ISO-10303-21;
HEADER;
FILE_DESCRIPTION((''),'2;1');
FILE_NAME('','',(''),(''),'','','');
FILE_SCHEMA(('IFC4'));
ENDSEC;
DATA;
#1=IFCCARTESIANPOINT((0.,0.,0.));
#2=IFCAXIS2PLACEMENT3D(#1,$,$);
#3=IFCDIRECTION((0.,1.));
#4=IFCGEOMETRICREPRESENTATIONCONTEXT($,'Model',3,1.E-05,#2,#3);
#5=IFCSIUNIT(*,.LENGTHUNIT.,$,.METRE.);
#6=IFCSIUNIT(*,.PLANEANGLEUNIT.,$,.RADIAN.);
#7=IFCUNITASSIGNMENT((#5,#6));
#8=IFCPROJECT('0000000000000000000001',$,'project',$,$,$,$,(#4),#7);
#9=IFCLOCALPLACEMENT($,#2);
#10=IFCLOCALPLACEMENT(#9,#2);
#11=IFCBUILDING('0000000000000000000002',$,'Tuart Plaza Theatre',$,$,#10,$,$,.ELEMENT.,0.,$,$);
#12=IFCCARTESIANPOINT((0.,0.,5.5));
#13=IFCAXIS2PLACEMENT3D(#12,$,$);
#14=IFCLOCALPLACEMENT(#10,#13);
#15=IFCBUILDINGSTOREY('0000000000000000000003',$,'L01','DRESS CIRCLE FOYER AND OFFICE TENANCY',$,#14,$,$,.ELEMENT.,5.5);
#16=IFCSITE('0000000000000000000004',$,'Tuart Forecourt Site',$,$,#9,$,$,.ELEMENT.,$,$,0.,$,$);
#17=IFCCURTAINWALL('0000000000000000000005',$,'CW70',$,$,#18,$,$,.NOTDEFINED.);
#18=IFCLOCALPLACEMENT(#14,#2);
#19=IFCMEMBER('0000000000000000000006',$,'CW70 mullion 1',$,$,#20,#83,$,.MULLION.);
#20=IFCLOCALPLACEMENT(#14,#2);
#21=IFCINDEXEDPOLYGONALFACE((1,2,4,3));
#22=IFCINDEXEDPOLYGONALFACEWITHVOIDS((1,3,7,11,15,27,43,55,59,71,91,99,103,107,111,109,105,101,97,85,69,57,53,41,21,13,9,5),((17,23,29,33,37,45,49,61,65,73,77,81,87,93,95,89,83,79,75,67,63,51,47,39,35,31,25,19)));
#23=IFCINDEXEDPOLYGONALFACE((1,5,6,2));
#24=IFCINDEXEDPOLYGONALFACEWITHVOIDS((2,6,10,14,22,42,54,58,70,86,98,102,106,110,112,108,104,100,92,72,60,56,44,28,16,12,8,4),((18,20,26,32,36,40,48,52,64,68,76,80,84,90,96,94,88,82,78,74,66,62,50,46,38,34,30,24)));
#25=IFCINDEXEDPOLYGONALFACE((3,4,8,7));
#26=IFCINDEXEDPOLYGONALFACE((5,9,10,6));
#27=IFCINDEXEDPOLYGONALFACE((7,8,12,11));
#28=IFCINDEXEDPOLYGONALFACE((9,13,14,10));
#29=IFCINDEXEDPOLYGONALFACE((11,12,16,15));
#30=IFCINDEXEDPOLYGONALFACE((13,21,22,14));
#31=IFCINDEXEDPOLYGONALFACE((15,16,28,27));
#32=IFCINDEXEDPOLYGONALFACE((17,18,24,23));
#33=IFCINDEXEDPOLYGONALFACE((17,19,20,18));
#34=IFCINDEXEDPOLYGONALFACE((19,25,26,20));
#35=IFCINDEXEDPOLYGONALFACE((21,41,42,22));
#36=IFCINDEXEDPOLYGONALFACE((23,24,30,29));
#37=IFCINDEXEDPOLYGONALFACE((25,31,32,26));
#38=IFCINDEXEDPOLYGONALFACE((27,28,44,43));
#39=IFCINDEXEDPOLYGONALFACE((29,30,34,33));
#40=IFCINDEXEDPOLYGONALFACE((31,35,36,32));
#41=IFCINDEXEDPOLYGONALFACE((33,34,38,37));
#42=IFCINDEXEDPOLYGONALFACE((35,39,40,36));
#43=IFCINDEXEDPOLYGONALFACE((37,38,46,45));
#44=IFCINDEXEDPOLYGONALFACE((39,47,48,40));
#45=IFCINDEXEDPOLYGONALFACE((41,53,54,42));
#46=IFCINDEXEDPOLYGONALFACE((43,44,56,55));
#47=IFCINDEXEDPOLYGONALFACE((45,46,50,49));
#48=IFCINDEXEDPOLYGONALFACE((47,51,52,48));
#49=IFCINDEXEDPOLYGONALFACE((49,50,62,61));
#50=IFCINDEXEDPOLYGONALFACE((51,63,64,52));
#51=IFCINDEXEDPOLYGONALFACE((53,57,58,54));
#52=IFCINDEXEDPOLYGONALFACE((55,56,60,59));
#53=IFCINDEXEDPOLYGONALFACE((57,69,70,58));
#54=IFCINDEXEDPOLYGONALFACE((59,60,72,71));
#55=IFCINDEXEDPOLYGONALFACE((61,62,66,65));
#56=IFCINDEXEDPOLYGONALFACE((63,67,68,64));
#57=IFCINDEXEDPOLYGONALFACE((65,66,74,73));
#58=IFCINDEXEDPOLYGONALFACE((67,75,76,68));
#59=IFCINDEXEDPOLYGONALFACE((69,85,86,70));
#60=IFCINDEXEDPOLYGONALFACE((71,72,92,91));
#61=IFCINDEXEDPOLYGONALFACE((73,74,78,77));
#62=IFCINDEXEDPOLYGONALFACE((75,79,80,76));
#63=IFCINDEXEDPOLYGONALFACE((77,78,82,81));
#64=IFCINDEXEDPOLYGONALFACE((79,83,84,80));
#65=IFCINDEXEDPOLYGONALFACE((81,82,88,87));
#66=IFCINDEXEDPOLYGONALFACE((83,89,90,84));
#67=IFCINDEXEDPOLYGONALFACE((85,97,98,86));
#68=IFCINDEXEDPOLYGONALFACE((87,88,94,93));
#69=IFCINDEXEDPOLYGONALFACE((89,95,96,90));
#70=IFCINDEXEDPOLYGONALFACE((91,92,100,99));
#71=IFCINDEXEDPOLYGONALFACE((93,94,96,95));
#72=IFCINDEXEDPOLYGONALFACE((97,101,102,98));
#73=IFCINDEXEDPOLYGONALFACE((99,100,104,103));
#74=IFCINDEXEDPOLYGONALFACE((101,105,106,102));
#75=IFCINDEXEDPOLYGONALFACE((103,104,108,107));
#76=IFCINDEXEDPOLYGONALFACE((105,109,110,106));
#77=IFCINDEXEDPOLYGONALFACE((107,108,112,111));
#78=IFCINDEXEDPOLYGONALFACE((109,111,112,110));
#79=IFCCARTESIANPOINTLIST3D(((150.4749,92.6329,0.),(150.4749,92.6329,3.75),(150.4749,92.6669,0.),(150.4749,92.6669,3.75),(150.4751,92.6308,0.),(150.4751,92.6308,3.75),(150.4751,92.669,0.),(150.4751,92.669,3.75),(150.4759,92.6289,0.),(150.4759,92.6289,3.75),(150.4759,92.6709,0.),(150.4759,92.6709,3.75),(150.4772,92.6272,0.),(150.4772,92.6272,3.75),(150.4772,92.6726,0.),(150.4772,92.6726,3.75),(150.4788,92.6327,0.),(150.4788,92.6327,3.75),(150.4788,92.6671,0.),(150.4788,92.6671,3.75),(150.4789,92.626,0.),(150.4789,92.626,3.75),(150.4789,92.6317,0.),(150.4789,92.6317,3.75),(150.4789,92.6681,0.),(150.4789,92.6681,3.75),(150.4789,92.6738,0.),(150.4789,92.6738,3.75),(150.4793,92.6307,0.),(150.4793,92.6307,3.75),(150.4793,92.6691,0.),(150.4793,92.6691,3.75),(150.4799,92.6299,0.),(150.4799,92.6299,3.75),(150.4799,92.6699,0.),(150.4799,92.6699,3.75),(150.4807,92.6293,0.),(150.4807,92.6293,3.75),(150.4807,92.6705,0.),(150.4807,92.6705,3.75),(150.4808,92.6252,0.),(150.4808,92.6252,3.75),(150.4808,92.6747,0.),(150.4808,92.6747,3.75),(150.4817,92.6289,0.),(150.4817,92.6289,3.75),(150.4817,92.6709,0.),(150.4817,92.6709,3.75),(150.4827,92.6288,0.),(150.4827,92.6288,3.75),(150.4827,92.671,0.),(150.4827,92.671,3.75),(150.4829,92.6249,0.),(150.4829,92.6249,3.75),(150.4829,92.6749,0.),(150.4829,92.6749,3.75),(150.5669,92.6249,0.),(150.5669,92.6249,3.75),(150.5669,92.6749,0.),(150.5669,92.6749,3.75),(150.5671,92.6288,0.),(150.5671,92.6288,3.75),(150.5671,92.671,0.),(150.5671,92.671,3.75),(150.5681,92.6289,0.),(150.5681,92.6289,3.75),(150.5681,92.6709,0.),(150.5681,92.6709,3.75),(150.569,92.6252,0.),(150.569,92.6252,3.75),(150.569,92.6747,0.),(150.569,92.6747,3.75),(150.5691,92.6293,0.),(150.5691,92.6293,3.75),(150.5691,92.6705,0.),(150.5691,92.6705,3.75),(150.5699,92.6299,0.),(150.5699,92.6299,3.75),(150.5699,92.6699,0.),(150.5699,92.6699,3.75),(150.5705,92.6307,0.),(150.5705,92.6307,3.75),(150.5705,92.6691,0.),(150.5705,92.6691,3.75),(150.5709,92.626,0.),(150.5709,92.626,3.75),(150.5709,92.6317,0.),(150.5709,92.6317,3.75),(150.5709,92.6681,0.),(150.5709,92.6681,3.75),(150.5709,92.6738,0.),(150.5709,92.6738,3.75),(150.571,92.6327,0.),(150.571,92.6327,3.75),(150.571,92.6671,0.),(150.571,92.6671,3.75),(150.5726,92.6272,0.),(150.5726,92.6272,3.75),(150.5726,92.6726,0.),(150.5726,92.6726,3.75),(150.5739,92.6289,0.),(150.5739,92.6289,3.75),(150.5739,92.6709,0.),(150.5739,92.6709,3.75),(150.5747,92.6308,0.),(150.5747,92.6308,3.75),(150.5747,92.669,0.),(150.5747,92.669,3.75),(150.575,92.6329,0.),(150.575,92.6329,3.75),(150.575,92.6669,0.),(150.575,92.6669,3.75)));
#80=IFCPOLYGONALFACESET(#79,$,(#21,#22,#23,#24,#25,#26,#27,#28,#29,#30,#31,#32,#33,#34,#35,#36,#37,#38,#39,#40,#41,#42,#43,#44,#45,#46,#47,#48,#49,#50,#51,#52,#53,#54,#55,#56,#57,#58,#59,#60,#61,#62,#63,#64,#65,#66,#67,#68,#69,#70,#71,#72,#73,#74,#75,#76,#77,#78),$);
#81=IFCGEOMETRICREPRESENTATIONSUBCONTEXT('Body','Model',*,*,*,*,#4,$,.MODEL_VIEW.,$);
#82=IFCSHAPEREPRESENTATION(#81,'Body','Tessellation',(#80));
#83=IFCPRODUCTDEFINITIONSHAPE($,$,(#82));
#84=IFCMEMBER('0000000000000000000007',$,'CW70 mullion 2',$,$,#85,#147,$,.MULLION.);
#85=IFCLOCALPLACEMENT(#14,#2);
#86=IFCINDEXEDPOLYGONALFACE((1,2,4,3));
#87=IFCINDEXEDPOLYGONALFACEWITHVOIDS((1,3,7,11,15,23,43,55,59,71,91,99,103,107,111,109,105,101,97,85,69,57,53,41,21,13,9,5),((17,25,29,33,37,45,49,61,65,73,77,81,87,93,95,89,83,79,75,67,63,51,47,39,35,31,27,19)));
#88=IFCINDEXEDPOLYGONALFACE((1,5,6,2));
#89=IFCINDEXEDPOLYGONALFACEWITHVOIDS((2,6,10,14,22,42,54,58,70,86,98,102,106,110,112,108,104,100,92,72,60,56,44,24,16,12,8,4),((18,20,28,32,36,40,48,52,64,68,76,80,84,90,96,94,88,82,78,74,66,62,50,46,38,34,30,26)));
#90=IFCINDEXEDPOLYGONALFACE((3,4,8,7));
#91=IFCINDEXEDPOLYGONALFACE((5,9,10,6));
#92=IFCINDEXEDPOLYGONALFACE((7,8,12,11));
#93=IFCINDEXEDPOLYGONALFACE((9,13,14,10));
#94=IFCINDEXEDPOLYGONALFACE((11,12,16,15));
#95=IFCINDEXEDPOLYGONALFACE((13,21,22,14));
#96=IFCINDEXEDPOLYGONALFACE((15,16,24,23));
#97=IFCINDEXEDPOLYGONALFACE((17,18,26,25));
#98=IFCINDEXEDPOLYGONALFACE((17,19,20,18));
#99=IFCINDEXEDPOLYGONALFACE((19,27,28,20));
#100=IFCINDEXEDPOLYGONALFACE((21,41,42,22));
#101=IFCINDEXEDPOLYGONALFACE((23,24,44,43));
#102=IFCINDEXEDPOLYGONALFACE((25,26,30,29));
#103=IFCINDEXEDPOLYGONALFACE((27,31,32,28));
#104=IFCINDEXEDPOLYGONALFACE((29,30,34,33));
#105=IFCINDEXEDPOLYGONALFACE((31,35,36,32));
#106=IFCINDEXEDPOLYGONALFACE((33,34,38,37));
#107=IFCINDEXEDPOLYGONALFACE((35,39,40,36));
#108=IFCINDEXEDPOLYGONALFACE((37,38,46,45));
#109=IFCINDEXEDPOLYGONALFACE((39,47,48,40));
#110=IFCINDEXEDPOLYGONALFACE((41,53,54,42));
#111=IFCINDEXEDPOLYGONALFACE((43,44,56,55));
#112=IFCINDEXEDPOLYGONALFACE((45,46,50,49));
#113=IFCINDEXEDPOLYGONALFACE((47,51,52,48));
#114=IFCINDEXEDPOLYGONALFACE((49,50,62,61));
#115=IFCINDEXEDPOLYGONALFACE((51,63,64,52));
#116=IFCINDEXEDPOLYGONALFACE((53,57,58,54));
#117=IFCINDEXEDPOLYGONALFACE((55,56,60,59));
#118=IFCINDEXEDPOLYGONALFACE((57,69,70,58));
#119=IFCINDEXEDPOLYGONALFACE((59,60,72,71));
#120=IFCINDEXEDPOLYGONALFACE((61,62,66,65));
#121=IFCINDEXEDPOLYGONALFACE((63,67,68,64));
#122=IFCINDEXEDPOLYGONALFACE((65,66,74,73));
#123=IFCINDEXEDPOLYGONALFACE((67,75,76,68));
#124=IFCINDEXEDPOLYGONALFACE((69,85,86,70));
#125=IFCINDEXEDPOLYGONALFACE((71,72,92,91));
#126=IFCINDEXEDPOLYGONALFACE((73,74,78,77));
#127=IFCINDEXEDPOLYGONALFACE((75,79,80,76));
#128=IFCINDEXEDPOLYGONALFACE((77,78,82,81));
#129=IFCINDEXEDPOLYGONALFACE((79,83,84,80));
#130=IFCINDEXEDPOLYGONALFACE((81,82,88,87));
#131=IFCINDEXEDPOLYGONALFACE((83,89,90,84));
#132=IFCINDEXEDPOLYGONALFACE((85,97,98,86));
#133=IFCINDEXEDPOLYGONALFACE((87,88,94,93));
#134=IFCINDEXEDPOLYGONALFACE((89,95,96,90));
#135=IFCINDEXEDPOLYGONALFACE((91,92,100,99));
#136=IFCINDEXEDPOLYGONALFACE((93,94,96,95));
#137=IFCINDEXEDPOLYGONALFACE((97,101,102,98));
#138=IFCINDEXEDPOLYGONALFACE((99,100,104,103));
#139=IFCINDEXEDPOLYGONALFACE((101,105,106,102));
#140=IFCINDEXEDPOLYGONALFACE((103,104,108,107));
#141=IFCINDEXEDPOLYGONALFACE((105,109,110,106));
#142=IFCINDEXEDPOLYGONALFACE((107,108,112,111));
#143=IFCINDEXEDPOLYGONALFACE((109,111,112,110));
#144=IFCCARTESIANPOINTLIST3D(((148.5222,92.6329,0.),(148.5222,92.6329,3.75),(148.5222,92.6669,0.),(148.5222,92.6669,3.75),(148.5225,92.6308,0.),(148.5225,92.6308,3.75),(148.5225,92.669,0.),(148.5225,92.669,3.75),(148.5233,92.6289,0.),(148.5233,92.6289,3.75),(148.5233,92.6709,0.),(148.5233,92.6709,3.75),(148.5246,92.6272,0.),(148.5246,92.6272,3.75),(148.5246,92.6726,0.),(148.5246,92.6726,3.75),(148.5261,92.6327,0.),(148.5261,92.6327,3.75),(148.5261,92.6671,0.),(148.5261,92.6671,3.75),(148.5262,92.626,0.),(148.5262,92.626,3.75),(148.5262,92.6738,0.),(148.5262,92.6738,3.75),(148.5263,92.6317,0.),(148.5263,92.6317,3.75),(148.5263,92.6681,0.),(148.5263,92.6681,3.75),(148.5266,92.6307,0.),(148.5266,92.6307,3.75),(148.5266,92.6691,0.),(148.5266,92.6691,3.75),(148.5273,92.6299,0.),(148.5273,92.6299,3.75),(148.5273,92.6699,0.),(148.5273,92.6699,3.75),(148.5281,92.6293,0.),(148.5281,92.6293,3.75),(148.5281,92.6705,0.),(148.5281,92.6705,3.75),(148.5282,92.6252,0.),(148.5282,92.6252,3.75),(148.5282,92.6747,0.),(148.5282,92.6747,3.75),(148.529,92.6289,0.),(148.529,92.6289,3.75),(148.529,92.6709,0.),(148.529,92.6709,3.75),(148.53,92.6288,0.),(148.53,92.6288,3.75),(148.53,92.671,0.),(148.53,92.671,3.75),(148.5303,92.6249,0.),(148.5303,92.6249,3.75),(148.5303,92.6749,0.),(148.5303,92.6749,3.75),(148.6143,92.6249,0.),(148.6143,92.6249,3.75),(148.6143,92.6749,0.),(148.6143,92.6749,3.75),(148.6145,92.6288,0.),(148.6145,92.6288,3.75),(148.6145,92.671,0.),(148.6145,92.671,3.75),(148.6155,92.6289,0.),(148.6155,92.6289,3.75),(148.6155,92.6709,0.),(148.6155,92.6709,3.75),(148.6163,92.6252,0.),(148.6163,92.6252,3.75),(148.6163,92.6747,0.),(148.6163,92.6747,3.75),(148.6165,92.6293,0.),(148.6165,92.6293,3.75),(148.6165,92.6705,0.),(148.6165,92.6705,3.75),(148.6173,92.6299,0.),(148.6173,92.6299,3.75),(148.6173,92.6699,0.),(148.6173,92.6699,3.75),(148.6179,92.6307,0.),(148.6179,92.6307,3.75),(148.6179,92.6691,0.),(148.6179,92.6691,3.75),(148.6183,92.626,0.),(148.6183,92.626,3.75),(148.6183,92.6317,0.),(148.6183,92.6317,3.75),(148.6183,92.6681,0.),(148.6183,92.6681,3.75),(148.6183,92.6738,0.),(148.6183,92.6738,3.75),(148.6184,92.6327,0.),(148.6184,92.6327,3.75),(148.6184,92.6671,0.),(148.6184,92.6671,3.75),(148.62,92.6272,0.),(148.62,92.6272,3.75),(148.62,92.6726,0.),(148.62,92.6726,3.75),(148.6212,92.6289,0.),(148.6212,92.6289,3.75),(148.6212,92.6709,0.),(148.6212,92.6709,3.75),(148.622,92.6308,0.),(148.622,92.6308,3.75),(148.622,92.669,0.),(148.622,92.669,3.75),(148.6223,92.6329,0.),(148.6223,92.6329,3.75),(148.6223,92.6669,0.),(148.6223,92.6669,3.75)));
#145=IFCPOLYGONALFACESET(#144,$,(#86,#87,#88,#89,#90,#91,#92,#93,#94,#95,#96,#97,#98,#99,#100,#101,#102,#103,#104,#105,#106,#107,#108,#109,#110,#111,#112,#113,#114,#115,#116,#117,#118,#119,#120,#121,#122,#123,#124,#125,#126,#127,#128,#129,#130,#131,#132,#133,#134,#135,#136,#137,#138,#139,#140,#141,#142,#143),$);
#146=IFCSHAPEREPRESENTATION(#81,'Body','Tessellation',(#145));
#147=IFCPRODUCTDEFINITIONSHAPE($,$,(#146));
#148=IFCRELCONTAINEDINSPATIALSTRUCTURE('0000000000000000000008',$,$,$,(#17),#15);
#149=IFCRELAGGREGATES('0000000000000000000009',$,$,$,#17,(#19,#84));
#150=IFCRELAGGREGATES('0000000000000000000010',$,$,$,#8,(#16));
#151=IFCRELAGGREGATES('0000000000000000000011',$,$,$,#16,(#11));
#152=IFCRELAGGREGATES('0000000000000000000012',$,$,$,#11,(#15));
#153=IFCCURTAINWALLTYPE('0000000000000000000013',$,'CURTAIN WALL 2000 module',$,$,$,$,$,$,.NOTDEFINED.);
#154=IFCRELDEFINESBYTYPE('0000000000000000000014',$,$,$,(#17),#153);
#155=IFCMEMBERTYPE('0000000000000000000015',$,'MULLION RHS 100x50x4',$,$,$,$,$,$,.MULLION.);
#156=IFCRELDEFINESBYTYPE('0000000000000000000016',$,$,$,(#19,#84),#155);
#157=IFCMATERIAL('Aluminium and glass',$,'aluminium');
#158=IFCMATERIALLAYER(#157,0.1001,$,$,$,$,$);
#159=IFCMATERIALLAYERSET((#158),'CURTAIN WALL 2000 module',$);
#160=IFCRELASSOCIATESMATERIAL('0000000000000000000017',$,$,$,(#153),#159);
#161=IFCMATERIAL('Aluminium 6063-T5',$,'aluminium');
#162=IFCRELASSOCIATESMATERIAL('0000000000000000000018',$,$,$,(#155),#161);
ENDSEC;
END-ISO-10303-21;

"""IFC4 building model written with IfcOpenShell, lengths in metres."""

from ifc_helpers import new_model, si_unit, direction, frame, origin, origin_2d, place, context, subcontext, project, spatial, hollow_rectangle, extrude, material, layer, layer_set, material_profile, profile_set, type_object, element, aggregate, save


model = new_model("IFC4")

# Units and contexts
model_context = context("Model", 3, precision=1e-05, world=origin(), true_north=direction((0.0, 1.0)))
body_context = subcontext(model_context, "Body", "Model", "MODEL_VIEW")
ifc_project = project(units=[si_unit("LENGTHUNIT", "METRE"), si_unit("PLANEANGLEUNIT", "RADIAN")], contexts=[model_context])

# Site, building, storey
site_placement = place(None, origin())
site = spatial("IfcSite", under=ifc_project, at=site_placement, Name="Tuart Forecourt Site", CompositionType="ELEMENT", RefElevation=0.0)
building_placement = place(site_placement, origin())
building = spatial("IfcBuilding", under=site, at=building_placement, Name="Tuart Plaza Theatre", CompositionType="ELEMENT", ElevationOfRefHeight=0.0)
storey_placement = place(building_placement, frame((0.0, 0.0, 5.5)))
storey = spatial("IfcBuildingStorey", under=building, at=storey_placement, Name="L01", Description="DRESS CIRCLE FOYER AND OFFICE TENANCY", CompositionType="ELEMENT", Elevation=5.5)

# Curtain wall, members
ifc_material_1 = material(Name="Aluminium and glass", Category="aluminium")
ifc_layer_1 = layer(ifc_material_1, 0.1001)
ifc_layer_set_1 = layer_set([ifc_layer_1], Name="CURTAIN WALL 2000 module")
curtain_wall_type = type_object("IfcCurtainWallType", Name="CURTAIN WALL 2000 module", PredefinedType="NOTDEFINED", material=ifc_layer_set_1)
ifc_material_2 = material(Name="Aluminium 6063-T5", Category="aluminium")
ifc_material_profile_1 = material_profile(ifc_material_2, hollow_rectangle(XDim=0.05, YDim=0.1001, WallThickness=0.0039, InnerFilletRadius=0.0039, OuterFilletRadius=0.0081, at=origin_2d()), Name="RHS 100x50x4")
ifc_profile_set_1 = profile_set([ifc_material_profile_1], Name="Aluminium 6063-T5")
member_type_1 = type_object("IfcMemberType", Name="MULLION RHS 100x50x4", PredefinedType="MULLION", material=ifc_profile_set_1)
curtain_wall_1_placement = place(storey_placement, origin())
curtain_wall_1 = element("IfcCurtainWall", 1, at=curtain_wall_1_placement, inside=storey, type_object=curtain_wall_type, Name="CW70", PredefinedType="NOTDEFINED")
member_1_placement = place(storey_placement, frame((150.5249, 92.6499, 0.0), z_axis=(0.0, 0.0, 1.0), x_axis=(0.0, -1.0, 0.0)))
member_1 = element("IfcMember", 2, at=member_1_placement, type_object=member_type_1, Name="CW70 mullion 1", PredefinedType="MULLION", context=body_context, shape_type="SweptSolid", body=[
    extrude(hollow_rectangle(XDim=0.05, YDim=0.1001, WallThickness=0.0039, InnerFilletRadius=0.0039, OuterFilletRadius=0.0081, at=origin_2d()), origin(), (0.0, 0.0, 1.0), 3.75),
])
member_2_placement = place(storey_placement, frame((148.5723, 92.6499, 0.0), z_axis=(0.0, 0.0, 1.0), x_axis=(0.0, -1.0, 0.0)))
member_2 = element("IfcMember", 3, at=member_2_placement, type_object=member_type_1, Name="CW70 mullion 2", PredefinedType="MULLION", context=body_context, shape_type="SweptSolid", body=[
    extrude(hollow_rectangle(XDim=0.05, YDim=0.1001, WallThickness=0.0039, InnerFilletRadius=0.0039, OuterFilletRadius=0.0081, at=origin_2d()), origin(), (0.0, 0.0, 1.0), 3.75),
])

aggregate(curtain_wall_1, [member_1, member_2])

save(model, "model.ifc")
